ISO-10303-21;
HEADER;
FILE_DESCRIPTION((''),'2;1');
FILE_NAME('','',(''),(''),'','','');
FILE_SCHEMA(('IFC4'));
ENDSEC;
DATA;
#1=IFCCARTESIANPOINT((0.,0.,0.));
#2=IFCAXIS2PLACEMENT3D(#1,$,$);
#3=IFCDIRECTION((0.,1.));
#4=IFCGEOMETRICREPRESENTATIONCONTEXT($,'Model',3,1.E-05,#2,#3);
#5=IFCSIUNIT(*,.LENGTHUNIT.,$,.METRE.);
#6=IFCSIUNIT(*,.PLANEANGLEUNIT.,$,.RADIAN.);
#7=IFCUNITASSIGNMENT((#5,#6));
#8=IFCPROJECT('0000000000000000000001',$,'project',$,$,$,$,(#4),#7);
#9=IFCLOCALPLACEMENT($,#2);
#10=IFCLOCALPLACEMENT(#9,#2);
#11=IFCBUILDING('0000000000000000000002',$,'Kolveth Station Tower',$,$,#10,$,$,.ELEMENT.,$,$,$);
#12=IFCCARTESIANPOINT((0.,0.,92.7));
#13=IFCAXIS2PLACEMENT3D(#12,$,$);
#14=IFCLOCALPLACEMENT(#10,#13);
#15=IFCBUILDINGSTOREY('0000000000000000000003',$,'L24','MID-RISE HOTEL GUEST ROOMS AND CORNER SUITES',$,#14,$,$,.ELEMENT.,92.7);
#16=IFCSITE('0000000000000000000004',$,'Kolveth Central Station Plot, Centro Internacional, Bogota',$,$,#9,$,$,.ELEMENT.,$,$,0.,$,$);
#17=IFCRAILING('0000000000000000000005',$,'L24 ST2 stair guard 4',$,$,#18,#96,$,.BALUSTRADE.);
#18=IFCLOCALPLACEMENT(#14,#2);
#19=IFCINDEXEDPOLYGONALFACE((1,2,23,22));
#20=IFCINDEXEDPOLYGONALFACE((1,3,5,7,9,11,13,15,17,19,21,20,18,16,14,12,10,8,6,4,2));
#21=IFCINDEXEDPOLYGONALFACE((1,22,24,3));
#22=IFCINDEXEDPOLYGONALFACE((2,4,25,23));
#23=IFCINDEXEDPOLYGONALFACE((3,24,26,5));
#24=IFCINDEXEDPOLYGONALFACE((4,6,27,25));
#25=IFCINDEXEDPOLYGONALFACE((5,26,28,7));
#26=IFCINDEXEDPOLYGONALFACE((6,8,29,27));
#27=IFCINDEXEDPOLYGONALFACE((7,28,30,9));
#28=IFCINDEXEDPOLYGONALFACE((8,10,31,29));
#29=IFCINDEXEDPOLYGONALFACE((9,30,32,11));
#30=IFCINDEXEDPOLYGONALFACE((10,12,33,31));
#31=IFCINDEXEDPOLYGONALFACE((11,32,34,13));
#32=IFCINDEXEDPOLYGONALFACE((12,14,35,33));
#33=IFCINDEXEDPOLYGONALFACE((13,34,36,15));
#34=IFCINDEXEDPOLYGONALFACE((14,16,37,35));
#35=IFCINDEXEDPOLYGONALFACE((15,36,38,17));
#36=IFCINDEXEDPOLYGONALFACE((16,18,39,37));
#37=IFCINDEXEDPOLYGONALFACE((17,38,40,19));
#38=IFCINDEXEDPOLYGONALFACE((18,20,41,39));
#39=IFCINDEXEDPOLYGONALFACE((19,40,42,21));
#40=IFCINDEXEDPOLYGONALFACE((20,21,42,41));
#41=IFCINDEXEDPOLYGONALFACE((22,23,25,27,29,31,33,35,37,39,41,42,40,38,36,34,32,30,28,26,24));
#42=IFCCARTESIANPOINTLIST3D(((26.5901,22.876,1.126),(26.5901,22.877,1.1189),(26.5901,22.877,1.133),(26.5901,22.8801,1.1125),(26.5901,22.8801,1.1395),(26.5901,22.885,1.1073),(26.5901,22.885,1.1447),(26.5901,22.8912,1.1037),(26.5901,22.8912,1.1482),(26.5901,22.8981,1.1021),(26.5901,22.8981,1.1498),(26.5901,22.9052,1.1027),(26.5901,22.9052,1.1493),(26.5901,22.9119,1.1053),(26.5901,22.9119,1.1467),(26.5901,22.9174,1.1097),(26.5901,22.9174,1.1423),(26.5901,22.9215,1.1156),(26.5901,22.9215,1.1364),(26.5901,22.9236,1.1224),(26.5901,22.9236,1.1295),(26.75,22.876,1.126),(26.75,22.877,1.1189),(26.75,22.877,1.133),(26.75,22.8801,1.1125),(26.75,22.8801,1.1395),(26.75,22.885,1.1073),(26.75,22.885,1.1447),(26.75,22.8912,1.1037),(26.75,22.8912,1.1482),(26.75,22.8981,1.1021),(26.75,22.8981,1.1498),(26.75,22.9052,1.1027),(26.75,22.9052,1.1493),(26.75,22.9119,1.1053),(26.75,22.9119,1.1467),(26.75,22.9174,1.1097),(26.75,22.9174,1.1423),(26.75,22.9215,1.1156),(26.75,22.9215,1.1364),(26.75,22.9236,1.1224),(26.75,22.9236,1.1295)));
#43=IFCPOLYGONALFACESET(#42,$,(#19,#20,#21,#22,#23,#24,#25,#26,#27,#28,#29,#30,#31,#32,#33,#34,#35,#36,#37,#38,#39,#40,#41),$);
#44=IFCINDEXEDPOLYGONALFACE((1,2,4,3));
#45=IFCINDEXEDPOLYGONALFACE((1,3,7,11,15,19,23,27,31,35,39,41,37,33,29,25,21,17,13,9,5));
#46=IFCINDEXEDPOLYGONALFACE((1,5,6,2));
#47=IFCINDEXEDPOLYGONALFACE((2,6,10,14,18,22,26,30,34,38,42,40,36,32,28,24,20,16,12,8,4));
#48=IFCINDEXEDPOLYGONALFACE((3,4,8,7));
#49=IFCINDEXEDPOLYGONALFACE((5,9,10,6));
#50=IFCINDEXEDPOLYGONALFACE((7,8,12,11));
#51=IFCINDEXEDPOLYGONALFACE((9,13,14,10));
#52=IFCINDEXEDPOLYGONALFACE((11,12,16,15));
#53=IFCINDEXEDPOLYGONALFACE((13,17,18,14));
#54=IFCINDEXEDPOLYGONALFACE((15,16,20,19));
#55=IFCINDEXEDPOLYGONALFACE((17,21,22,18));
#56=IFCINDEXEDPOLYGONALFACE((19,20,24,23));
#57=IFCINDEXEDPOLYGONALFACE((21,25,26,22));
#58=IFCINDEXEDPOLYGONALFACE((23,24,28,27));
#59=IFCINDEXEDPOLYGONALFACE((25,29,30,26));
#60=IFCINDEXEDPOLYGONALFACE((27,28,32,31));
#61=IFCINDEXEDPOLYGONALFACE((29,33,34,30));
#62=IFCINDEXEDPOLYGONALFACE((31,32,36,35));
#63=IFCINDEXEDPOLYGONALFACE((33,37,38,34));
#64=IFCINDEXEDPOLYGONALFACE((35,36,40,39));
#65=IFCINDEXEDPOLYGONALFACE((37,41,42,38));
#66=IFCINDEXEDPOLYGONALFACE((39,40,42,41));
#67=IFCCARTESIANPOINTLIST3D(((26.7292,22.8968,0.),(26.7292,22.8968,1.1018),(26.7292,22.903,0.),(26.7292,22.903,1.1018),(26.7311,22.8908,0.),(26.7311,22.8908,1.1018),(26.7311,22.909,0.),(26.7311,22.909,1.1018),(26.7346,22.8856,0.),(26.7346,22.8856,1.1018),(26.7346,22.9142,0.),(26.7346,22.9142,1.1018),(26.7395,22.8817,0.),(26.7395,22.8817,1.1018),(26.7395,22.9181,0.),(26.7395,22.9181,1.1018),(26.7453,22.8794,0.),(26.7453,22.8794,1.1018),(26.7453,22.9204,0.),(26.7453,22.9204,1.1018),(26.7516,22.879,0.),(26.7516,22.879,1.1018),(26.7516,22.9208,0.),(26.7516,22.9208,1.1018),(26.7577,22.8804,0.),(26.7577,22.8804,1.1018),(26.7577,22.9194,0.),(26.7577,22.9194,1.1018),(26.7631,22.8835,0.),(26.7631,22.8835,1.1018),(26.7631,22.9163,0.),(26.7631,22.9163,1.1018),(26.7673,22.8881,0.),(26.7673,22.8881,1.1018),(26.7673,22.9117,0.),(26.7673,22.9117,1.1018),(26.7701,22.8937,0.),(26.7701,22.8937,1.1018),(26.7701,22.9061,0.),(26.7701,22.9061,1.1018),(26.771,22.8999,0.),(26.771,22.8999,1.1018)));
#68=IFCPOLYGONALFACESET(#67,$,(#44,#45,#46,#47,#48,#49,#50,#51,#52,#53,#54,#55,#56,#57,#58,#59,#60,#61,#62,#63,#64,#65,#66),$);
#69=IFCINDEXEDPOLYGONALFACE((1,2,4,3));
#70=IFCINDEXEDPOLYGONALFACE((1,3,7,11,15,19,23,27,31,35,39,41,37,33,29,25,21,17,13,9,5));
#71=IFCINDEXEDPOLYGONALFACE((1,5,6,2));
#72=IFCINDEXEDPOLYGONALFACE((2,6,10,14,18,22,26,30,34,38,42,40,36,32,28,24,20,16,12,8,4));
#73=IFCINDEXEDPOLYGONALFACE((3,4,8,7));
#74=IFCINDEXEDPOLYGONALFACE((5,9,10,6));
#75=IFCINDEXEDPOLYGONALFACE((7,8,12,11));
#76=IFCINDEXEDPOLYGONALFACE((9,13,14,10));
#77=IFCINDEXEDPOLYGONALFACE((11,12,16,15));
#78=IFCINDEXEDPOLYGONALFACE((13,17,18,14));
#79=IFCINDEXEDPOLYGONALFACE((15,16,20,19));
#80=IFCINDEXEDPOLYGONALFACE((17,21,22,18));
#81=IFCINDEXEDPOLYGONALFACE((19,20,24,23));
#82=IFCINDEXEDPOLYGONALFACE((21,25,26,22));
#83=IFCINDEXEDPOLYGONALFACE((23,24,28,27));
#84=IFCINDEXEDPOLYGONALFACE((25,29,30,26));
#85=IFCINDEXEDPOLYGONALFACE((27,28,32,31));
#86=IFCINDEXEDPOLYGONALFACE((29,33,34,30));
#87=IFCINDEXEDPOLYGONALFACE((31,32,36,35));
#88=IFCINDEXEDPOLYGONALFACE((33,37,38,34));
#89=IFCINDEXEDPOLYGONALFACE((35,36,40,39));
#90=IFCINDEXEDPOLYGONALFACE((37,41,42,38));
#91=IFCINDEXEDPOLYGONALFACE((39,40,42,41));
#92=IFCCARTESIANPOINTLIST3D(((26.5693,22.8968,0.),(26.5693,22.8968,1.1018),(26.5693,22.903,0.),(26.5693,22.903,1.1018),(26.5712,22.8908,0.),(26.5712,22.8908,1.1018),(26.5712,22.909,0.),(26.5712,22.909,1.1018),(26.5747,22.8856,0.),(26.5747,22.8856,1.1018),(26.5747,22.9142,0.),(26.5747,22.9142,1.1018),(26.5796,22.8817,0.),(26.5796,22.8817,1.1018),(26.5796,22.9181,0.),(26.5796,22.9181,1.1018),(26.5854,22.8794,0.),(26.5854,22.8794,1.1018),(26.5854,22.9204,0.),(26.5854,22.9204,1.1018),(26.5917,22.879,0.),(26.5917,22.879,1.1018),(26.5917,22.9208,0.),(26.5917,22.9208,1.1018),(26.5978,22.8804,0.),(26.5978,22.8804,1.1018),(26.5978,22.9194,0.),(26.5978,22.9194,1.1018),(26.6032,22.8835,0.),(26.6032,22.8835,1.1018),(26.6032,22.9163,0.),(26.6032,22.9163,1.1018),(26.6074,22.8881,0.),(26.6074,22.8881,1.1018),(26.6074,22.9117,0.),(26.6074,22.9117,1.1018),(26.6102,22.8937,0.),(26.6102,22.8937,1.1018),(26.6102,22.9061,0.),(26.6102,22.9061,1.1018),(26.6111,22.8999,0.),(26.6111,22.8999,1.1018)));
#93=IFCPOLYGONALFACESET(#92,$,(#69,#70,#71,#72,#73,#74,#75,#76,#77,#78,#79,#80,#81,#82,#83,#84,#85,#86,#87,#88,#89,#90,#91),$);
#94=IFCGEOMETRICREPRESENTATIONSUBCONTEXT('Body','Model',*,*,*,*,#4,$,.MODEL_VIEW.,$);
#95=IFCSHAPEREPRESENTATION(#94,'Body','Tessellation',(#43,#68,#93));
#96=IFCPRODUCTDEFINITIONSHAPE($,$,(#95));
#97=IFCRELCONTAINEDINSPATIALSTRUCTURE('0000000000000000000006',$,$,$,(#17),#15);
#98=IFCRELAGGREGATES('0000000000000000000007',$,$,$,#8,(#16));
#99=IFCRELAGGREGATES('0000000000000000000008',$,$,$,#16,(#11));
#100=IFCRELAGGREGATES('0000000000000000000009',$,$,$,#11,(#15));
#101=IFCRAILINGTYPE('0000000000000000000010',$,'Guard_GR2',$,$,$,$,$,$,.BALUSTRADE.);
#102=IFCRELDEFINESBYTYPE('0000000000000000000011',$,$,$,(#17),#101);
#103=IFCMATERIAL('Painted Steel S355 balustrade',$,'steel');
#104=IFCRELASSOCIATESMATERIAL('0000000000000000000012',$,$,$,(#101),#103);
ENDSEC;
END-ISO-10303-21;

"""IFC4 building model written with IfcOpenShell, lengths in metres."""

from ifc_helpers import new_model, si_unit, direction, frame, origin, origin_2d, place, context, subcontext, project, spatial, circle, extrude, material, type_object, element, save


model = new_model("IFC4")

# Units and contexts
model_context = context("Model", 3, precision=1e-05, world=origin(), true_north=direction((0.0, 1.0)))
body_context = subcontext(model_context, "Body", "Model", "MODEL_VIEW")
ifc_project = project(units=[si_unit("LENGTHUNIT", "METRE"), si_unit("PLANEANGLEUNIT", "RADIAN")], contexts=[model_context])

# Site, building, storey
site_placement = place(None, origin())
site = spatial("IfcSite", under=ifc_project, at=site_placement, Name="Kolveth Central Station Plot, Centro Internacional, Bogota", CompositionType="ELEMENT", RefElevation=0.0)
building_placement = place(site_placement, origin())
building = spatial("IfcBuilding", under=site, at=building_placement, Name="Kolveth Station Tower", CompositionType="ELEMENT")
storey_placement = place(building_placement, frame((0.0, 0.0, 92.7)))
storey = spatial("IfcBuildingStorey", under=building, at=storey_placement, Name="L24", Description="MID-RISE HOTEL GUEST ROOMS AND CORNER SUITES", CompositionType="ELEMENT", Elevation=92.7)

# Railing
ifc_material_1 = material(Name="Painted Steel S355 balustrade", Category="steel")
railing_type_1 = type_object("IfcRailingType", Name="Guard_GR2", PredefinedType="BALUSTRADE", material=ifc_material_1)
railing_1_placement = place(storey_placement, frame((26.75, 22.8999, 0.0)))
element("IfcRailing", 1, at=railing_1_placement, inside=storey, type_object=railing_type_1, Name="L24 ST2 stair guard 4", PredefinedType="BALUSTRADE", context=body_context, shape_type="SweptSolid", body=[
    extrude(circle(Radius=0.0239, at=origin_2d()), frame((0.0, 0.0, 1.126), z_axis=(-1.0, 0.0, 0.0), x_axis=(0.0, -1.0, 0.0)), (0.0, 0.0, 1.0), 0.1599),
    extrude(circle(Radius=0.021, at=origin_2d()), origin(), (0.0, 0.0, 1.0), 1.1018),
    extrude(circle(Radius=0.021, at=origin_2d()), frame((-0.1599, 0.0, 0.0)), (0.0, 0.0, 1.0), 1.1018),
])

save(model, "model.ifc")
